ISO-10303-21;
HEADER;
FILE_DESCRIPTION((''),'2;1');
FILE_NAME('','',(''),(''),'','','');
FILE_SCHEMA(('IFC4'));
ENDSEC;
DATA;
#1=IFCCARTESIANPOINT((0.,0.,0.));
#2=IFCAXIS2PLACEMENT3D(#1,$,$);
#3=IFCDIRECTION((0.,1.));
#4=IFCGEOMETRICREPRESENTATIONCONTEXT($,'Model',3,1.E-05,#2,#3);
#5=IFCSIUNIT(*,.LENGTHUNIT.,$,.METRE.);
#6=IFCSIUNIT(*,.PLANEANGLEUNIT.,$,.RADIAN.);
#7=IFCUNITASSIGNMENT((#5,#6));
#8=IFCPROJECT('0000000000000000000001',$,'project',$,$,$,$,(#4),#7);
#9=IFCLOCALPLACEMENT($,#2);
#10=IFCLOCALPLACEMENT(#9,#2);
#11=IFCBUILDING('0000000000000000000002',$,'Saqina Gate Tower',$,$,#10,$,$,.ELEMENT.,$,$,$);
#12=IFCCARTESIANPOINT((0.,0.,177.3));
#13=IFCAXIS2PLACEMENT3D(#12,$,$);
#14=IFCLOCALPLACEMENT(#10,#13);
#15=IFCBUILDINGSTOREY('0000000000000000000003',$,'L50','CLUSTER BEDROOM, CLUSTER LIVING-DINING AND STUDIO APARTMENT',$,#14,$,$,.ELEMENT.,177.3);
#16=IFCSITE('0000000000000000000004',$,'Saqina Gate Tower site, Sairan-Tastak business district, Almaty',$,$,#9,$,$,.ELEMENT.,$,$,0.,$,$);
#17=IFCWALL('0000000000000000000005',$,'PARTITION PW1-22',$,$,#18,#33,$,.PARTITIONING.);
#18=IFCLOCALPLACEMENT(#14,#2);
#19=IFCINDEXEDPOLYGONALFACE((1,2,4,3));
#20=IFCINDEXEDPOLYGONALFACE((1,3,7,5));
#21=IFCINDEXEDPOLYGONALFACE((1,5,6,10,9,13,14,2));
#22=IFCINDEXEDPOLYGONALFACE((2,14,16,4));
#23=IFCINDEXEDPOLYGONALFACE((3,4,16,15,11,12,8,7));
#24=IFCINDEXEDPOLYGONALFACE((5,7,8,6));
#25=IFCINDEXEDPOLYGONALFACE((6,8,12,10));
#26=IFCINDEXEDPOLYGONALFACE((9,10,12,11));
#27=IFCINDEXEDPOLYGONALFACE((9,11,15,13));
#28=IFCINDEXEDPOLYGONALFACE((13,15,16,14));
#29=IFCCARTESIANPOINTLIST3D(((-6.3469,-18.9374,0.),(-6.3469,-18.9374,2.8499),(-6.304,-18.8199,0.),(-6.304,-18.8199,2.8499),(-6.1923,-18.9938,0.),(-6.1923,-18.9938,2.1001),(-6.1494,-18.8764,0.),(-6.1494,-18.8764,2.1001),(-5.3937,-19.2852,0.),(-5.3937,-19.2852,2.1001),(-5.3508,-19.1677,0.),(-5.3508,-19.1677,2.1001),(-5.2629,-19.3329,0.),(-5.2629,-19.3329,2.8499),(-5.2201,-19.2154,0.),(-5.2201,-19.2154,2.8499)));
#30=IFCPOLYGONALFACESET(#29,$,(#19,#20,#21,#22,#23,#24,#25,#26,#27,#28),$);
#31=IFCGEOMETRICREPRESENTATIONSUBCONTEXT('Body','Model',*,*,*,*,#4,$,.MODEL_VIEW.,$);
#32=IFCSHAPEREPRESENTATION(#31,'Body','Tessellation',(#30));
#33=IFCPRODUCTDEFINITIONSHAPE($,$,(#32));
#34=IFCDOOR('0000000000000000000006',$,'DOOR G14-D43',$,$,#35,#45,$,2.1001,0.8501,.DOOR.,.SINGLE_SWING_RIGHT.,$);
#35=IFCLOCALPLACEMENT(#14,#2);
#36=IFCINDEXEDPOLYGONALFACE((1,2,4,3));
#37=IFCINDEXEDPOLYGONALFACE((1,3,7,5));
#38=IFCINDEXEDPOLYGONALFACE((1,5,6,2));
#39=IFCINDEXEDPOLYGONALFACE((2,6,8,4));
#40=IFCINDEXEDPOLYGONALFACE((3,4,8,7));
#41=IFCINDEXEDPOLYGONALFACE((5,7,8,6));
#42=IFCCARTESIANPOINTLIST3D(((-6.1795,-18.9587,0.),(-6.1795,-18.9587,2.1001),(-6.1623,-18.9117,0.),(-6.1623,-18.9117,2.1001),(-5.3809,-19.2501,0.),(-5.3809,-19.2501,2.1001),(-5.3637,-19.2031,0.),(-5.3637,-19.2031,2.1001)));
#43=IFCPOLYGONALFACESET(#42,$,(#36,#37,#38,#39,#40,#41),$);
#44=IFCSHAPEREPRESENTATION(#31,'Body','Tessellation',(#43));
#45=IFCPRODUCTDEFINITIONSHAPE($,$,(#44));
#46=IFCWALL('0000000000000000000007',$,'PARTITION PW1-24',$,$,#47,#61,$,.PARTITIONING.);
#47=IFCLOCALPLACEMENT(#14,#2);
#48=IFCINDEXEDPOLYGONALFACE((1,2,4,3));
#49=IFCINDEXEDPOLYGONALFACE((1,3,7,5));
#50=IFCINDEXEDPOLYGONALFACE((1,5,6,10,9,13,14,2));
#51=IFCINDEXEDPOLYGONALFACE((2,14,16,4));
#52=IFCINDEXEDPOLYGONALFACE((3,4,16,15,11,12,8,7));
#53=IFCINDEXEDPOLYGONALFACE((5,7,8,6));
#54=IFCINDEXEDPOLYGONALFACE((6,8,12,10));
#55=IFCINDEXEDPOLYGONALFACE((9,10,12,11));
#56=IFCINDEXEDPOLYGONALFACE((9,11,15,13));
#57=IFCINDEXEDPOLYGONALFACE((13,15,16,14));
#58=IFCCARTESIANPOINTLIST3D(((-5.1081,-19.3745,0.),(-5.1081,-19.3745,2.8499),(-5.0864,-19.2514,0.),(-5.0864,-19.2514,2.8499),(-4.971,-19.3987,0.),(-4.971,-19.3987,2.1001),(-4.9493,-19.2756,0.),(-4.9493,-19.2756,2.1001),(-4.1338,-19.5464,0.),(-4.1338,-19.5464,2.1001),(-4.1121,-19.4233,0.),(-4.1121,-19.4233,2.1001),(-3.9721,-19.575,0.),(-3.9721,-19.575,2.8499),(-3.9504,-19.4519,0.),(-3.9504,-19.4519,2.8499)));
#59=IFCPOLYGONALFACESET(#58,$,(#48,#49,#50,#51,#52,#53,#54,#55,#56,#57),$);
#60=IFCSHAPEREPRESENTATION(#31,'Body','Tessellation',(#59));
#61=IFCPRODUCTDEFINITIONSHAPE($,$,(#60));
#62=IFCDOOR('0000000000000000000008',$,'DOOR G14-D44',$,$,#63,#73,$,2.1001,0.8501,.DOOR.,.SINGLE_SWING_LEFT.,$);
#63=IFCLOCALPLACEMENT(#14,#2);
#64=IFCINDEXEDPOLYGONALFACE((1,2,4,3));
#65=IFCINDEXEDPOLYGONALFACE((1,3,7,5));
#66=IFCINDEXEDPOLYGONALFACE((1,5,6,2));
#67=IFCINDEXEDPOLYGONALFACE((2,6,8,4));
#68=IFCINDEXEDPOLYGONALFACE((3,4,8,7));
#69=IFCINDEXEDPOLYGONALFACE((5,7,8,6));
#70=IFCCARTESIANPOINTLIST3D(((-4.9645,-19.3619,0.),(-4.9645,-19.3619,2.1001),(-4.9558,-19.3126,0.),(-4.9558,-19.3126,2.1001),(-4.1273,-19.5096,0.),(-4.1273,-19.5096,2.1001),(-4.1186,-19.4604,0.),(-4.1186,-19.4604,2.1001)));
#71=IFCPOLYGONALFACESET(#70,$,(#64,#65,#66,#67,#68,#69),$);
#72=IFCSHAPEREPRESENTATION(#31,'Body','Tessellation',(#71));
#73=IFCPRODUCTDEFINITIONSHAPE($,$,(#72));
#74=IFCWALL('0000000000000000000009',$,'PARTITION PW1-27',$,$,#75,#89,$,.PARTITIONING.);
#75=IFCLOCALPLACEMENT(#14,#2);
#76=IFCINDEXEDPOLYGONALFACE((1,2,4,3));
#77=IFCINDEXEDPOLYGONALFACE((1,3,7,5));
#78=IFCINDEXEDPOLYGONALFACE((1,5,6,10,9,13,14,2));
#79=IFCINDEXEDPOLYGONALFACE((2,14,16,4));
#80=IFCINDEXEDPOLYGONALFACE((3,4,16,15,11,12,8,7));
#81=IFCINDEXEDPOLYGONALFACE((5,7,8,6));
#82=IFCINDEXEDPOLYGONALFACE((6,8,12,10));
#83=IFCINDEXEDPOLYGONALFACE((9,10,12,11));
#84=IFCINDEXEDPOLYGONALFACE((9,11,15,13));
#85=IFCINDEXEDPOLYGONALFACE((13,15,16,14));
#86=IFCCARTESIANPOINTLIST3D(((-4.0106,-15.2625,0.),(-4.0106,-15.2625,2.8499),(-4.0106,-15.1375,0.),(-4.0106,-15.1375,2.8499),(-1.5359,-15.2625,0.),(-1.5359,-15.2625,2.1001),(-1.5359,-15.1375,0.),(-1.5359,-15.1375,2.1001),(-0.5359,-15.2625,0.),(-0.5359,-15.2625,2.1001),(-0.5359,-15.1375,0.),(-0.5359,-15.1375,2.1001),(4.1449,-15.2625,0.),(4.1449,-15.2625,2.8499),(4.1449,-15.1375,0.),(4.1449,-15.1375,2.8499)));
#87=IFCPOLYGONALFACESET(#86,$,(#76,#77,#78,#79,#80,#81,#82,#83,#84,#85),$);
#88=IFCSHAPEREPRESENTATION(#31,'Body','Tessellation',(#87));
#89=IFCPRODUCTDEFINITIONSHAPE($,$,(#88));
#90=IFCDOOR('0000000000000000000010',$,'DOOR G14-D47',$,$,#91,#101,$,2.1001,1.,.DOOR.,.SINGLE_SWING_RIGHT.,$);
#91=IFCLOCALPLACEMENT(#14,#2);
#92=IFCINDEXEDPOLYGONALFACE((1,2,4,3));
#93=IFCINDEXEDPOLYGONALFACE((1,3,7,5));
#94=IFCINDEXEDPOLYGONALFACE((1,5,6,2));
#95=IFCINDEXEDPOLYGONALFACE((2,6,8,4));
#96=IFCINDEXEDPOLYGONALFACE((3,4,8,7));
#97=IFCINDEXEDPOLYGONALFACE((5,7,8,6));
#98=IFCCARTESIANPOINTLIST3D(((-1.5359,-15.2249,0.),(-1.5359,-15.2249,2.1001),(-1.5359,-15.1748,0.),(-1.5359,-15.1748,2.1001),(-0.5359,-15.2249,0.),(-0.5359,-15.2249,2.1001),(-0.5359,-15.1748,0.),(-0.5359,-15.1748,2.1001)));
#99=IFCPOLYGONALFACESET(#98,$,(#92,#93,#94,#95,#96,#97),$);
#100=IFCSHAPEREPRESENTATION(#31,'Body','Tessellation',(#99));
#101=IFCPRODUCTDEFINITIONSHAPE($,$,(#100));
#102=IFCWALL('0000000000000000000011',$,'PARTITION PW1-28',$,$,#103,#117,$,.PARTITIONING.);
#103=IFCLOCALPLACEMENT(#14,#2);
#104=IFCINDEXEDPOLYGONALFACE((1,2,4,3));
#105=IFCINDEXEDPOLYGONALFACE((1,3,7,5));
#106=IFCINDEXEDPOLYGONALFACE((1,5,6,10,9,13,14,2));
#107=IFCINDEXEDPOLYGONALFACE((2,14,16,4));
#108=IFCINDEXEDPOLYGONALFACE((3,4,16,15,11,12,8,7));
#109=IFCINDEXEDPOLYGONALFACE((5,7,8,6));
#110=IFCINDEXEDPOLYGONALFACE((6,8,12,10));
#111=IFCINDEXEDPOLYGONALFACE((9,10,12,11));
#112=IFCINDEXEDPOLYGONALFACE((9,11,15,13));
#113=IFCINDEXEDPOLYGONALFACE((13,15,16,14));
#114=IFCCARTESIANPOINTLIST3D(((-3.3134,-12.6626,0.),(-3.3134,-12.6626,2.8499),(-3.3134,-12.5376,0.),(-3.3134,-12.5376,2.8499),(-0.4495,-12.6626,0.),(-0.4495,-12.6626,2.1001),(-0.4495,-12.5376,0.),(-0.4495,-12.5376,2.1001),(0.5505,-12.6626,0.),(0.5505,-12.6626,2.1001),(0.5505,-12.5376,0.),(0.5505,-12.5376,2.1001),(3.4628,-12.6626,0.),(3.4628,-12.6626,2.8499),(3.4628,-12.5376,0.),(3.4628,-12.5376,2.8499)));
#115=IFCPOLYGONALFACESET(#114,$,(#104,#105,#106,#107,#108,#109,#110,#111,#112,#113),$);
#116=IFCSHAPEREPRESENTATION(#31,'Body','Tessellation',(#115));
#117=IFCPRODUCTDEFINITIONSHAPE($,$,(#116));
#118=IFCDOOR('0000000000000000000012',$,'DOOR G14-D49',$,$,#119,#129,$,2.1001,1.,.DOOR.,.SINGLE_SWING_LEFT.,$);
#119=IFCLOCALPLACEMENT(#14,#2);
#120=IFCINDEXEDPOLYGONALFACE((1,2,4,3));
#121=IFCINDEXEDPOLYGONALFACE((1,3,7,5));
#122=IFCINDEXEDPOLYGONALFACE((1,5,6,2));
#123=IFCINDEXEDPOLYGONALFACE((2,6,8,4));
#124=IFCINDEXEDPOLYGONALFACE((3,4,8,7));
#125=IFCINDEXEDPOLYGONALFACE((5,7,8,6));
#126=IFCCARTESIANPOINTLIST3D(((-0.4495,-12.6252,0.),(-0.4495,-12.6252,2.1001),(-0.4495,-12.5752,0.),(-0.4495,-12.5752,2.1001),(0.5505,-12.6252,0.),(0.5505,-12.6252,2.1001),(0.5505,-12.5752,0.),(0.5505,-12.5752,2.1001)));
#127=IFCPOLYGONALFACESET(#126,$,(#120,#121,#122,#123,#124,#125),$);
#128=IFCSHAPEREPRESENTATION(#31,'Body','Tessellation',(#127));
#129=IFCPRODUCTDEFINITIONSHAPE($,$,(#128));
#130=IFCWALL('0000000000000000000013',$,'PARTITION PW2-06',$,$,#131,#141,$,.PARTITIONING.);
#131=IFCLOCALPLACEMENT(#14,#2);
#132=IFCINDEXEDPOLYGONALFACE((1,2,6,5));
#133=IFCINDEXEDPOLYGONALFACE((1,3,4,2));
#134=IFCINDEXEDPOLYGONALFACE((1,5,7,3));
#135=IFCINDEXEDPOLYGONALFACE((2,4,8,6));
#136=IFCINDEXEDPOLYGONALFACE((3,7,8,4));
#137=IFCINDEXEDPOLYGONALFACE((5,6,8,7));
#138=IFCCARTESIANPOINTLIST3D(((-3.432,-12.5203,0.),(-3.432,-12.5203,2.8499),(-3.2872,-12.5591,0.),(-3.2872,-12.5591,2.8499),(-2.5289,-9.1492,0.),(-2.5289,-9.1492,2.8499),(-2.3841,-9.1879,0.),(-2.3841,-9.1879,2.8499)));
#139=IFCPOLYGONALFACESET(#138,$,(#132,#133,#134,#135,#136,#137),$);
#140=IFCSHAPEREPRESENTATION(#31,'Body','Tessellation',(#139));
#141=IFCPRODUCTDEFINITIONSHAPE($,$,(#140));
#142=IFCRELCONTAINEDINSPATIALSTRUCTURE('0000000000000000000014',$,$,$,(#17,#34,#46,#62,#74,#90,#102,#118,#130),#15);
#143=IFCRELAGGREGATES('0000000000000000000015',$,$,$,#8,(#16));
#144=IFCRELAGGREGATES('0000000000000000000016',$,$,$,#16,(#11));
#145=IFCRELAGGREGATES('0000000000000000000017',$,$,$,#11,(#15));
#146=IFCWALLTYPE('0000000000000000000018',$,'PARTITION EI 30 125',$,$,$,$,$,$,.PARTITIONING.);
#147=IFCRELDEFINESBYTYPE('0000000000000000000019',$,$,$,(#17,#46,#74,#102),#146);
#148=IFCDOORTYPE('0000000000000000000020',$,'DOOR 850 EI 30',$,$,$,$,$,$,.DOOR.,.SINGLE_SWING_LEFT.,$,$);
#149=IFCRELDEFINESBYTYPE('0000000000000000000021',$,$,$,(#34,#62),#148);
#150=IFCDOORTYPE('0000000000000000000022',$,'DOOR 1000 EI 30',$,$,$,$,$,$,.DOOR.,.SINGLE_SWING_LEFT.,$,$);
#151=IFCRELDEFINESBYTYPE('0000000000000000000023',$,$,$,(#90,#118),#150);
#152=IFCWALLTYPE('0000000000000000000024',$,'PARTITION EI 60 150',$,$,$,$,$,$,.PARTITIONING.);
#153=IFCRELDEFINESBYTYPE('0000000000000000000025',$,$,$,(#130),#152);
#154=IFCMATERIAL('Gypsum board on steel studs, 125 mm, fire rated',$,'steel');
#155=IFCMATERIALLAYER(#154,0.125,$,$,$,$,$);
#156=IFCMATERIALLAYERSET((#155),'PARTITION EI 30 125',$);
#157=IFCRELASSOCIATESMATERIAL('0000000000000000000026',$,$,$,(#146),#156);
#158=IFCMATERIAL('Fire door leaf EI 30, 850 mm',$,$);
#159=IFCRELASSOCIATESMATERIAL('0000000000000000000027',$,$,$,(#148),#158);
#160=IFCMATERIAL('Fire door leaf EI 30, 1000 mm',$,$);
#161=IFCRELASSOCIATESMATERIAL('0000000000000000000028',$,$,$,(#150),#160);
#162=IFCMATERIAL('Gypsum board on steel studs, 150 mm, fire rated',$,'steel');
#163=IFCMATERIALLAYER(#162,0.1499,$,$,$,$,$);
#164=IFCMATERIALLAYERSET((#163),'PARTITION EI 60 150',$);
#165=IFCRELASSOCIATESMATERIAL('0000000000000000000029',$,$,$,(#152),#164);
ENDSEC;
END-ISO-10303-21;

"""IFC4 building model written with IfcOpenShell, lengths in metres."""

from ifc_helpers import new_model, si_unit, direction, frame, frame_2d, origin, place, context, subcontext, project, spatial, rectangle, extrude, material, layer, layer_set, type_object, element, fill, save


model = new_model("IFC4")

# Units and contexts
model_context = context("Model", 3, precision=1e-05, world=origin(), true_north=direction((0.0, 1.0)))
body_context = subcontext(model_context, "Body", "Model", "MODEL_VIEW")
ifc_project = project(units=[si_unit("LENGTHUNIT", "METRE"), si_unit("PLANEANGLEUNIT", "RADIAN")], contexts=[model_context])

# Site, building, storey
site_placement = place(None, origin())
site = spatial("IfcSite", under=ifc_project, at=site_placement, Name="Saqina Gate Tower site, Sairan-Tastak business district, Almaty", CompositionType="ELEMENT", RefElevation=0.0)
building_placement = place(site_placement, origin())
building = spatial("IfcBuilding", under=site, at=building_placement, Name="Saqina Gate Tower", CompositionType="ELEMENT")
storey_placement = place(building_placement, frame((0.0, 0.0, 177.3)))
storey = spatial("IfcBuildingStorey", under=building, at=storey_placement, Name="L50", Description="CLUSTER BEDROOM, CLUSTER LIVING-DINING AND STUDIO APARTMENT", CompositionType="ELEMENT", Elevation=177.3)

# Shared definitions
ifc_material_1 = material(Name="Gypsum board on steel studs, 125 mm, fire rated", Category="steel")
ifc_layer_1 = layer(ifc_material_1, 0.125)
ifc_layer_set_1 = layer_set([ifc_layer_1], Name="PARTITION EI 30 125")
wall_type_1 = type_object("IfcWallType", Name="PARTITION EI 30 125", PredefinedType="PARTITIONING", material=ifc_layer_set_1)

# Walls, openings, doors
wall_1_placement = place(storey_placement, frame((-6.3254, -18.8787, 0.0), z_axis=(0.0, 0.0, 1.0), x_axis=(0.939422, -0.342762, 0.0)))
wall_1 = element("IfcWall", 1, at=wall_1_placement, inside=storey, type_object=wall_type_1, Name="PARTITION PW1-22", PredefinedType="PARTITIONING", context=body_context, shape_type="SweptSolid", body=[
    extrude(rectangle(XDim=1.1538, YDim=0.125, at=frame_2d((0.5769, 0.0))), origin(), (0.0, 0.0, 1.0), 2.8499),
])
opening_1_placement = place(wall_1_placement, frame((0.1646, 0.0, 0.0)))
opening_1 = element("IfcOpeningElement", 2, at=opening_1_placement, cuts=wall_1, PredefinedType="OPENING", context=body_context, shape_type="SweptSolid", body=[
    extrude(rectangle(XDim=0.8501, YDim=2.1001, at=frame_2d((0.425, 1.05))), frame((0.0, 0.0745, 0.0), z_axis=(0.0, -1.0, 0.0), x_axis=(1.0, 0.0, 0.0)), (0.0, 0.0, 1.0), 0.1489),
])
ifc_material_2 = material(Name="Fire door leaf EI 30, 850 mm")
door_type_1 = type_object("IfcDoorType", Name="DOOR 850 EI 30", OperationType="SINGLE_SWING_LEFT", PredefinedType="DOOR", material=ifc_material_2)
door_1_placement = place(opening_1_placement, origin())
door_1 = element("IfcDoor", 3, at=door_1_placement, inside=storey, type_object=door_type_1, Name="DOOR G14-D43", OperationType="SINGLE_SWING_RIGHT", OverallHeight=2.1001, OverallWidth=0.8501, PredefinedType="DOOR", context=body_context, shape_type="SweptSolid", body=[
    extrude(rectangle(XDim=0.8501, YDim=2.1001, at=frame_2d((0.425, 1.05))), frame((0.0, 0.0249, 0.0), z_axis=(0.0, -1.0, 0.0), x_axis=(1.0, 0.0, 0.0)), (0.0, 0.0, 1.0), 0.05),
])
fill(opening_1, door_1)
wall_2_placement = place(storey_placement, frame((-5.0972, -19.313, 0.0), z_axis=(0.0, 0.0, 1.0), x_axis=(0.984788, -0.173761, 0.0)))
wall_2 = element("IfcWall", 4, at=wall_2_placement, inside=storey, type_object=wall_type_1, Name="PARTITION PW1-24", PredefinedType="PARTITIONING", context=body_context, shape_type="SweptSolid", body=[
    extrude(rectangle(XDim=1.1536, YDim=0.125, at=frame_2d((0.5767, 0.0))), origin(), (0.0, 0.0, 1.0), 2.8499),
])
opening_2_placement = place(wall_2_placement, frame((0.1392, 0.0, 0.0)))
opening_2 = element("IfcOpeningElement", 5, at=opening_2_placement, cuts=wall_2, PredefinedType="OPENING", context=body_context, shape_type="SweptSolid", body=[
    extrude(rectangle(XDim=0.8501, YDim=2.1001, at=frame_2d((0.425, 1.05))), frame((0.0, 0.0745, 0.0), z_axis=(0.0, -1.0, 0.0), x_axis=(1.0, 0.0, 0.0)), (0.0, 0.0, 1.0), 0.1489),
])
door_2_placement = place(opening_2_placement, origin())
door_2 = element("IfcDoor", 6, at=door_2_placement, inside=storey, type_object=door_type_1, Name="DOOR G14-D44", OperationType="SINGLE_SWING_LEFT", OverallHeight=2.1001, OverallWidth=0.8501, PredefinedType="DOOR", context=body_context, shape_type="SweptSolid", body=[
    extrude(rectangle(XDim=0.8501, YDim=2.1001, at=frame_2d((0.425, 1.05))), frame((0.0, 0.0249, 0.0), z_axis=(0.0, -1.0, 0.0), x_axis=(1.0, 0.0, 0.0)), (0.0, 0.0, 1.0), 0.05),
])
fill(opening_2, door_2)
wall_3_placement = place(storey_placement, frame((-4.0105, -15.2, 0.0), z_axis=(0.0, 0.0, 1.0), x_axis=(1.0, 0.0, 0.0)))
wall_3 = element("IfcWall", 7, at=wall_3_placement, inside=storey, type_object=wall_type_1, Name="PARTITION PW1-27", PredefinedType="PARTITIONING", context=body_context, shape_type="SweptSolid", body=[
    extrude(rectangle(XDim=8.1555, YDim=0.125, at=frame_2d((4.0776, 0.0))), origin(), (0.0, 0.0, 1.0), 2.8499),
])
opening_3_placement = place(wall_3_placement, frame((2.4746, 0.0, 0.0)))
opening_3 = element("IfcOpeningElement", 8, at=opening_3_placement, cuts=wall_3, PredefinedType="OPENING", context=body_context, shape_type="SweptSolid", body=[
    extrude(rectangle(XDim=1.0, YDim=2.1001, at=frame_2d((0.5, 1.05))), frame((0.0, 0.0745, 0.0), z_axis=(0.0, -1.0, 0.0), x_axis=(1.0, 0.0, 0.0)), (0.0, 0.0, 1.0), 0.1489),
])
ifc_material_3 = material(Name="Fire door leaf EI 30, 1000 mm")
door_type_2 = type_object("IfcDoorType", Name="DOOR 1000 EI 30", OperationType="SINGLE_SWING_LEFT", PredefinedType="DOOR", material=ifc_material_3)
door_3_placement = place(opening_3_placement, frame((1.0, 0.0, 0.0), z_axis=(0.0, 0.0, 1.0), x_axis=(-1.0, 0.0, 0.0)))
door_3 = element("IfcDoor", 9, at=door_3_placement, inside=storey, type_object=door_type_2, Name="DOOR G14-D47", OperationType="SINGLE_SWING_RIGHT", OverallHeight=2.1001, OverallWidth=1.0, PredefinedType="DOOR", context=body_context, shape_type="SweptSolid", body=[
    extrude(rectangle(XDim=1.0, YDim=2.1001, at=frame_2d((0.5, 1.05))), frame((0.0, 0.0249, 0.0), z_axis=(0.0, -1.0, 0.0), x_axis=(1.0, 0.0, 0.0)), (0.0, 0.0, 1.0), 0.05),
])
fill(opening_3, door_3)
wall_4_placement = place(storey_placement, frame((-3.3135, -12.6001, 0.0), z_axis=(0.0, 0.0, 1.0), x_axis=(1.0, 0.0, 0.0)))
wall_4 = element("IfcWall", 10, at=wall_4_placement, inside=storey, type_object=wall_type_1, Name="PARTITION PW1-28", PredefinedType="PARTITIONING", context=body_context, shape_type="SweptSolid", body=[
    extrude(rectangle(XDim=6.7761, YDim=0.125, at=frame_2d((3.3882, 0.0))), origin(), (0.0, 0.0, 1.0), 2.8499),
])
opening_4_placement = place(wall_4_placement, frame((2.864, 0.0, 0.0)))
opening_4 = element("IfcOpeningElement", 11, at=opening_4_placement, cuts=wall_4, PredefinedType="OPENING", context=body_context, shape_type="SweptSolid", body=[
    extrude(rectangle(XDim=1.0, YDim=2.1001, at=frame_2d((0.5, 1.05))), frame((0.0, 0.0745, 0.0), z_axis=(0.0, -1.0, 0.0), x_axis=(1.0, 0.0, 0.0)), (0.0, 0.0, 1.0), 0.1489),
])
door_4_placement = place(opening_4_placement, origin())
door_4 = element("IfcDoor", 12, at=door_4_placement, inside=storey, type_object=door_type_2, Name="DOOR G14-D49", OperationType="SINGLE_SWING_LEFT", OverallHeight=2.1001, OverallWidth=1.0, PredefinedType="DOOR", context=body_context, shape_type="SweptSolid", body=[
    extrude(rectangle(XDim=1.0, YDim=2.1001, at=frame_2d((0.5, 1.05))), frame((0.0, 0.0249, 0.0), z_axis=(0.0, -1.0, 0.0), x_axis=(1.0, 0.0, 0.0)), (0.0, 0.0, 1.0), 0.05),
])
fill(opening_4, door_4)

# Wall
ifc_material_4 = material(Name="Gypsum board on steel studs, 150 mm, fire rated", Category="steel")
ifc_layer_2 = layer(ifc_material_4, 0.1499)
ifc_layer_set_2 = layer_set([ifc_layer_2], Name="PARTITION EI 60 150")
wall_type_2 = type_object("IfcWallType", Name="PARTITION EI 60 150", PredefinedType="PARTITIONING", material=ifc_layer_set_2)
wall_5_placement = place(storey_placement, frame((-3.3596, -12.5398, 0.0), z_axis=(0.0, 0.0, 1.0), x_axis=(0.258764, 0.965941, 0.0)))
element("IfcWall", 13, at=wall_5_placement, inside=storey, type_object=wall_type_2, Name="PARTITION PW2-06", PredefinedType="PARTITIONING", context=body_context, shape_type="SweptSolid", body=[
    extrude(rectangle(XDim=3.49, YDim=0.1499, at=frame_2d((1.7451, 0.0))), origin(), (0.0, 0.0, 1.0), 2.8499),
])

save(model, "model.ifc")
